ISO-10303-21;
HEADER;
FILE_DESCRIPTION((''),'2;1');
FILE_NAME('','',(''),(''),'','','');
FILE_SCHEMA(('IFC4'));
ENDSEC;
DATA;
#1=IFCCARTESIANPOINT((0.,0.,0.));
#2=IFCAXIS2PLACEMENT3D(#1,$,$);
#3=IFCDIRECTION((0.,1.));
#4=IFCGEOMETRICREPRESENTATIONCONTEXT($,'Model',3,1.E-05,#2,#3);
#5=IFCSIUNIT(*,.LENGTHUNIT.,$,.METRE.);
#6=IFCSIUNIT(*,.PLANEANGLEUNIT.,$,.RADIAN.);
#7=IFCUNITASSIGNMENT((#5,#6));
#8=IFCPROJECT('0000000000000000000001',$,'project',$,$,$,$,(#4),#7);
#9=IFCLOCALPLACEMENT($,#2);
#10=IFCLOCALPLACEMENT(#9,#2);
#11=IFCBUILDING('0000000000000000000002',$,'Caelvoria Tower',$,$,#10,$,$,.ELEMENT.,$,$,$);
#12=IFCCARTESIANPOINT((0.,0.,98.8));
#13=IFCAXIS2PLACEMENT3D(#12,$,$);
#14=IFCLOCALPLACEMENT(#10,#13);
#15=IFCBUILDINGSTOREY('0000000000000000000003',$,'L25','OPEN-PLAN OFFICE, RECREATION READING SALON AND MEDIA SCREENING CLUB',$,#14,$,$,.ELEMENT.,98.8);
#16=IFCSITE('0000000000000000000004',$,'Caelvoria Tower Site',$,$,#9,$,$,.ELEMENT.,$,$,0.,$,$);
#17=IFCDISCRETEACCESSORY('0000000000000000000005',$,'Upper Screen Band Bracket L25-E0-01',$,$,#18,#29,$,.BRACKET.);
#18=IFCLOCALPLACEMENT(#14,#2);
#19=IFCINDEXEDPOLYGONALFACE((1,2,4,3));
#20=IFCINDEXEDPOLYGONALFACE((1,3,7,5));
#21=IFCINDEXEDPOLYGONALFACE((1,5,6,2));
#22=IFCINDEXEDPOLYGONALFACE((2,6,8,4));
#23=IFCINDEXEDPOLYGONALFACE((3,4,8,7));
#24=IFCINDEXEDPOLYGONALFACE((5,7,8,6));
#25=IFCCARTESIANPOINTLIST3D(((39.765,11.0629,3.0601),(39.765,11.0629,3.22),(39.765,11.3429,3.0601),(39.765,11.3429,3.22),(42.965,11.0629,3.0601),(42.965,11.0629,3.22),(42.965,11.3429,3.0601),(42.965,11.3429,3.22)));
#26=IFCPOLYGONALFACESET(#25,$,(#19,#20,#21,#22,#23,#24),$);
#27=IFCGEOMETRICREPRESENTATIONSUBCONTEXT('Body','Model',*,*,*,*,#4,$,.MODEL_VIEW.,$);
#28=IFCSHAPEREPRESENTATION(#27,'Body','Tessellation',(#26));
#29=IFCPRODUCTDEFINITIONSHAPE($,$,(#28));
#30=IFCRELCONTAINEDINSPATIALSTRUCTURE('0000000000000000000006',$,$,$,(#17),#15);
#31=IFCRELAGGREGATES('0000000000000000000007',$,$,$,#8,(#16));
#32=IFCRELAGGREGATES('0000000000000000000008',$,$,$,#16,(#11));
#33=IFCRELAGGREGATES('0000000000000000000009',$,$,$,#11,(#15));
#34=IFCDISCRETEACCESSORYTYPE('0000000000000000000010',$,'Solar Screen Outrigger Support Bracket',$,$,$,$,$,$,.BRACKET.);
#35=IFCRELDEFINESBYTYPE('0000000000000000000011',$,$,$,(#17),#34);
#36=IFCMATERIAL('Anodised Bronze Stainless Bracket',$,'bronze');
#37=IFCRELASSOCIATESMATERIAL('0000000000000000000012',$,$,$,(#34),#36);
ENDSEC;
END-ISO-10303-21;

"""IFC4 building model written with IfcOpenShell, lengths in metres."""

from ifc_helpers import new_model, si_unit, direction, frame, origin, origin_2d, place, context, subcontext, project, spatial, rectangle, extrude, material, type_object, element, save


model = new_model("IFC4")

# Units and contexts
model_context = context("Model", 3, precision=1e-05, world=origin(), true_north=direction((0.0, 1.0)))
body_context = subcontext(model_context, "Body", "Model", "MODEL_VIEW")
ifc_project = project(units=[si_unit("LENGTHUNIT", "METRE"), si_unit("PLANEANGLEUNIT", "RADIAN")], contexts=[model_context])

# Site, building, storey
site_placement = place(None, origin())
site = spatial("IfcSite", under=ifc_project, at=site_placement, Name="Caelvoria Tower Site", CompositionType="ELEMENT", RefElevation=0.0)
building_placement = place(site_placement, origin())
building = spatial("IfcBuilding", under=site, at=building_placement, Name="Caelvoria Tower", CompositionType="ELEMENT")
storey_placement = place(building_placement, frame((0.0, 0.0, 98.8)))
storey = spatial("IfcBuildingStorey", under=building, at=storey_placement, Name="L25", Description="OPEN-PLAN OFFICE, RECREATION READING SALON AND MEDIA SCREENING CLUB", CompositionType="ELEMENT", Elevation=98.8)

# Discrete accessory
ifc_material_1 = material(Name="Anodised Bronze Stainless Bracket", Category="bronze")
discrete_accessory_type = type_object("IfcDiscreteAccessoryType", Name="Solar Screen Outrigger Support Bracket", PredefinedType="BRACKET", material=ifc_material_1)
for number, where, z_axis, x_axis, name in (
    (1, (41.365, 11.2029, 3.0601), (0.0, 0.0, 1.0), (1.0, 0.0, 0.0), "Upper Screen Band Bracket L25-E0-01"),
):
    element("IfcDiscreteAccessory", number, at=place(storey_placement, frame(where, z_axis=z_axis, x_axis=x_axis)), inside=storey, type_object=discrete_accessory_type, Name=name, PredefinedType="BRACKET", context=body_context, shape_type="SweptSolid", body=[
        extrude(rectangle(XDim=3.2, YDim=0.28, at=origin_2d()), origin(), (0.0, 0.0, 1.0), 0.1599),
    ])

save(model, "model.ifc")
